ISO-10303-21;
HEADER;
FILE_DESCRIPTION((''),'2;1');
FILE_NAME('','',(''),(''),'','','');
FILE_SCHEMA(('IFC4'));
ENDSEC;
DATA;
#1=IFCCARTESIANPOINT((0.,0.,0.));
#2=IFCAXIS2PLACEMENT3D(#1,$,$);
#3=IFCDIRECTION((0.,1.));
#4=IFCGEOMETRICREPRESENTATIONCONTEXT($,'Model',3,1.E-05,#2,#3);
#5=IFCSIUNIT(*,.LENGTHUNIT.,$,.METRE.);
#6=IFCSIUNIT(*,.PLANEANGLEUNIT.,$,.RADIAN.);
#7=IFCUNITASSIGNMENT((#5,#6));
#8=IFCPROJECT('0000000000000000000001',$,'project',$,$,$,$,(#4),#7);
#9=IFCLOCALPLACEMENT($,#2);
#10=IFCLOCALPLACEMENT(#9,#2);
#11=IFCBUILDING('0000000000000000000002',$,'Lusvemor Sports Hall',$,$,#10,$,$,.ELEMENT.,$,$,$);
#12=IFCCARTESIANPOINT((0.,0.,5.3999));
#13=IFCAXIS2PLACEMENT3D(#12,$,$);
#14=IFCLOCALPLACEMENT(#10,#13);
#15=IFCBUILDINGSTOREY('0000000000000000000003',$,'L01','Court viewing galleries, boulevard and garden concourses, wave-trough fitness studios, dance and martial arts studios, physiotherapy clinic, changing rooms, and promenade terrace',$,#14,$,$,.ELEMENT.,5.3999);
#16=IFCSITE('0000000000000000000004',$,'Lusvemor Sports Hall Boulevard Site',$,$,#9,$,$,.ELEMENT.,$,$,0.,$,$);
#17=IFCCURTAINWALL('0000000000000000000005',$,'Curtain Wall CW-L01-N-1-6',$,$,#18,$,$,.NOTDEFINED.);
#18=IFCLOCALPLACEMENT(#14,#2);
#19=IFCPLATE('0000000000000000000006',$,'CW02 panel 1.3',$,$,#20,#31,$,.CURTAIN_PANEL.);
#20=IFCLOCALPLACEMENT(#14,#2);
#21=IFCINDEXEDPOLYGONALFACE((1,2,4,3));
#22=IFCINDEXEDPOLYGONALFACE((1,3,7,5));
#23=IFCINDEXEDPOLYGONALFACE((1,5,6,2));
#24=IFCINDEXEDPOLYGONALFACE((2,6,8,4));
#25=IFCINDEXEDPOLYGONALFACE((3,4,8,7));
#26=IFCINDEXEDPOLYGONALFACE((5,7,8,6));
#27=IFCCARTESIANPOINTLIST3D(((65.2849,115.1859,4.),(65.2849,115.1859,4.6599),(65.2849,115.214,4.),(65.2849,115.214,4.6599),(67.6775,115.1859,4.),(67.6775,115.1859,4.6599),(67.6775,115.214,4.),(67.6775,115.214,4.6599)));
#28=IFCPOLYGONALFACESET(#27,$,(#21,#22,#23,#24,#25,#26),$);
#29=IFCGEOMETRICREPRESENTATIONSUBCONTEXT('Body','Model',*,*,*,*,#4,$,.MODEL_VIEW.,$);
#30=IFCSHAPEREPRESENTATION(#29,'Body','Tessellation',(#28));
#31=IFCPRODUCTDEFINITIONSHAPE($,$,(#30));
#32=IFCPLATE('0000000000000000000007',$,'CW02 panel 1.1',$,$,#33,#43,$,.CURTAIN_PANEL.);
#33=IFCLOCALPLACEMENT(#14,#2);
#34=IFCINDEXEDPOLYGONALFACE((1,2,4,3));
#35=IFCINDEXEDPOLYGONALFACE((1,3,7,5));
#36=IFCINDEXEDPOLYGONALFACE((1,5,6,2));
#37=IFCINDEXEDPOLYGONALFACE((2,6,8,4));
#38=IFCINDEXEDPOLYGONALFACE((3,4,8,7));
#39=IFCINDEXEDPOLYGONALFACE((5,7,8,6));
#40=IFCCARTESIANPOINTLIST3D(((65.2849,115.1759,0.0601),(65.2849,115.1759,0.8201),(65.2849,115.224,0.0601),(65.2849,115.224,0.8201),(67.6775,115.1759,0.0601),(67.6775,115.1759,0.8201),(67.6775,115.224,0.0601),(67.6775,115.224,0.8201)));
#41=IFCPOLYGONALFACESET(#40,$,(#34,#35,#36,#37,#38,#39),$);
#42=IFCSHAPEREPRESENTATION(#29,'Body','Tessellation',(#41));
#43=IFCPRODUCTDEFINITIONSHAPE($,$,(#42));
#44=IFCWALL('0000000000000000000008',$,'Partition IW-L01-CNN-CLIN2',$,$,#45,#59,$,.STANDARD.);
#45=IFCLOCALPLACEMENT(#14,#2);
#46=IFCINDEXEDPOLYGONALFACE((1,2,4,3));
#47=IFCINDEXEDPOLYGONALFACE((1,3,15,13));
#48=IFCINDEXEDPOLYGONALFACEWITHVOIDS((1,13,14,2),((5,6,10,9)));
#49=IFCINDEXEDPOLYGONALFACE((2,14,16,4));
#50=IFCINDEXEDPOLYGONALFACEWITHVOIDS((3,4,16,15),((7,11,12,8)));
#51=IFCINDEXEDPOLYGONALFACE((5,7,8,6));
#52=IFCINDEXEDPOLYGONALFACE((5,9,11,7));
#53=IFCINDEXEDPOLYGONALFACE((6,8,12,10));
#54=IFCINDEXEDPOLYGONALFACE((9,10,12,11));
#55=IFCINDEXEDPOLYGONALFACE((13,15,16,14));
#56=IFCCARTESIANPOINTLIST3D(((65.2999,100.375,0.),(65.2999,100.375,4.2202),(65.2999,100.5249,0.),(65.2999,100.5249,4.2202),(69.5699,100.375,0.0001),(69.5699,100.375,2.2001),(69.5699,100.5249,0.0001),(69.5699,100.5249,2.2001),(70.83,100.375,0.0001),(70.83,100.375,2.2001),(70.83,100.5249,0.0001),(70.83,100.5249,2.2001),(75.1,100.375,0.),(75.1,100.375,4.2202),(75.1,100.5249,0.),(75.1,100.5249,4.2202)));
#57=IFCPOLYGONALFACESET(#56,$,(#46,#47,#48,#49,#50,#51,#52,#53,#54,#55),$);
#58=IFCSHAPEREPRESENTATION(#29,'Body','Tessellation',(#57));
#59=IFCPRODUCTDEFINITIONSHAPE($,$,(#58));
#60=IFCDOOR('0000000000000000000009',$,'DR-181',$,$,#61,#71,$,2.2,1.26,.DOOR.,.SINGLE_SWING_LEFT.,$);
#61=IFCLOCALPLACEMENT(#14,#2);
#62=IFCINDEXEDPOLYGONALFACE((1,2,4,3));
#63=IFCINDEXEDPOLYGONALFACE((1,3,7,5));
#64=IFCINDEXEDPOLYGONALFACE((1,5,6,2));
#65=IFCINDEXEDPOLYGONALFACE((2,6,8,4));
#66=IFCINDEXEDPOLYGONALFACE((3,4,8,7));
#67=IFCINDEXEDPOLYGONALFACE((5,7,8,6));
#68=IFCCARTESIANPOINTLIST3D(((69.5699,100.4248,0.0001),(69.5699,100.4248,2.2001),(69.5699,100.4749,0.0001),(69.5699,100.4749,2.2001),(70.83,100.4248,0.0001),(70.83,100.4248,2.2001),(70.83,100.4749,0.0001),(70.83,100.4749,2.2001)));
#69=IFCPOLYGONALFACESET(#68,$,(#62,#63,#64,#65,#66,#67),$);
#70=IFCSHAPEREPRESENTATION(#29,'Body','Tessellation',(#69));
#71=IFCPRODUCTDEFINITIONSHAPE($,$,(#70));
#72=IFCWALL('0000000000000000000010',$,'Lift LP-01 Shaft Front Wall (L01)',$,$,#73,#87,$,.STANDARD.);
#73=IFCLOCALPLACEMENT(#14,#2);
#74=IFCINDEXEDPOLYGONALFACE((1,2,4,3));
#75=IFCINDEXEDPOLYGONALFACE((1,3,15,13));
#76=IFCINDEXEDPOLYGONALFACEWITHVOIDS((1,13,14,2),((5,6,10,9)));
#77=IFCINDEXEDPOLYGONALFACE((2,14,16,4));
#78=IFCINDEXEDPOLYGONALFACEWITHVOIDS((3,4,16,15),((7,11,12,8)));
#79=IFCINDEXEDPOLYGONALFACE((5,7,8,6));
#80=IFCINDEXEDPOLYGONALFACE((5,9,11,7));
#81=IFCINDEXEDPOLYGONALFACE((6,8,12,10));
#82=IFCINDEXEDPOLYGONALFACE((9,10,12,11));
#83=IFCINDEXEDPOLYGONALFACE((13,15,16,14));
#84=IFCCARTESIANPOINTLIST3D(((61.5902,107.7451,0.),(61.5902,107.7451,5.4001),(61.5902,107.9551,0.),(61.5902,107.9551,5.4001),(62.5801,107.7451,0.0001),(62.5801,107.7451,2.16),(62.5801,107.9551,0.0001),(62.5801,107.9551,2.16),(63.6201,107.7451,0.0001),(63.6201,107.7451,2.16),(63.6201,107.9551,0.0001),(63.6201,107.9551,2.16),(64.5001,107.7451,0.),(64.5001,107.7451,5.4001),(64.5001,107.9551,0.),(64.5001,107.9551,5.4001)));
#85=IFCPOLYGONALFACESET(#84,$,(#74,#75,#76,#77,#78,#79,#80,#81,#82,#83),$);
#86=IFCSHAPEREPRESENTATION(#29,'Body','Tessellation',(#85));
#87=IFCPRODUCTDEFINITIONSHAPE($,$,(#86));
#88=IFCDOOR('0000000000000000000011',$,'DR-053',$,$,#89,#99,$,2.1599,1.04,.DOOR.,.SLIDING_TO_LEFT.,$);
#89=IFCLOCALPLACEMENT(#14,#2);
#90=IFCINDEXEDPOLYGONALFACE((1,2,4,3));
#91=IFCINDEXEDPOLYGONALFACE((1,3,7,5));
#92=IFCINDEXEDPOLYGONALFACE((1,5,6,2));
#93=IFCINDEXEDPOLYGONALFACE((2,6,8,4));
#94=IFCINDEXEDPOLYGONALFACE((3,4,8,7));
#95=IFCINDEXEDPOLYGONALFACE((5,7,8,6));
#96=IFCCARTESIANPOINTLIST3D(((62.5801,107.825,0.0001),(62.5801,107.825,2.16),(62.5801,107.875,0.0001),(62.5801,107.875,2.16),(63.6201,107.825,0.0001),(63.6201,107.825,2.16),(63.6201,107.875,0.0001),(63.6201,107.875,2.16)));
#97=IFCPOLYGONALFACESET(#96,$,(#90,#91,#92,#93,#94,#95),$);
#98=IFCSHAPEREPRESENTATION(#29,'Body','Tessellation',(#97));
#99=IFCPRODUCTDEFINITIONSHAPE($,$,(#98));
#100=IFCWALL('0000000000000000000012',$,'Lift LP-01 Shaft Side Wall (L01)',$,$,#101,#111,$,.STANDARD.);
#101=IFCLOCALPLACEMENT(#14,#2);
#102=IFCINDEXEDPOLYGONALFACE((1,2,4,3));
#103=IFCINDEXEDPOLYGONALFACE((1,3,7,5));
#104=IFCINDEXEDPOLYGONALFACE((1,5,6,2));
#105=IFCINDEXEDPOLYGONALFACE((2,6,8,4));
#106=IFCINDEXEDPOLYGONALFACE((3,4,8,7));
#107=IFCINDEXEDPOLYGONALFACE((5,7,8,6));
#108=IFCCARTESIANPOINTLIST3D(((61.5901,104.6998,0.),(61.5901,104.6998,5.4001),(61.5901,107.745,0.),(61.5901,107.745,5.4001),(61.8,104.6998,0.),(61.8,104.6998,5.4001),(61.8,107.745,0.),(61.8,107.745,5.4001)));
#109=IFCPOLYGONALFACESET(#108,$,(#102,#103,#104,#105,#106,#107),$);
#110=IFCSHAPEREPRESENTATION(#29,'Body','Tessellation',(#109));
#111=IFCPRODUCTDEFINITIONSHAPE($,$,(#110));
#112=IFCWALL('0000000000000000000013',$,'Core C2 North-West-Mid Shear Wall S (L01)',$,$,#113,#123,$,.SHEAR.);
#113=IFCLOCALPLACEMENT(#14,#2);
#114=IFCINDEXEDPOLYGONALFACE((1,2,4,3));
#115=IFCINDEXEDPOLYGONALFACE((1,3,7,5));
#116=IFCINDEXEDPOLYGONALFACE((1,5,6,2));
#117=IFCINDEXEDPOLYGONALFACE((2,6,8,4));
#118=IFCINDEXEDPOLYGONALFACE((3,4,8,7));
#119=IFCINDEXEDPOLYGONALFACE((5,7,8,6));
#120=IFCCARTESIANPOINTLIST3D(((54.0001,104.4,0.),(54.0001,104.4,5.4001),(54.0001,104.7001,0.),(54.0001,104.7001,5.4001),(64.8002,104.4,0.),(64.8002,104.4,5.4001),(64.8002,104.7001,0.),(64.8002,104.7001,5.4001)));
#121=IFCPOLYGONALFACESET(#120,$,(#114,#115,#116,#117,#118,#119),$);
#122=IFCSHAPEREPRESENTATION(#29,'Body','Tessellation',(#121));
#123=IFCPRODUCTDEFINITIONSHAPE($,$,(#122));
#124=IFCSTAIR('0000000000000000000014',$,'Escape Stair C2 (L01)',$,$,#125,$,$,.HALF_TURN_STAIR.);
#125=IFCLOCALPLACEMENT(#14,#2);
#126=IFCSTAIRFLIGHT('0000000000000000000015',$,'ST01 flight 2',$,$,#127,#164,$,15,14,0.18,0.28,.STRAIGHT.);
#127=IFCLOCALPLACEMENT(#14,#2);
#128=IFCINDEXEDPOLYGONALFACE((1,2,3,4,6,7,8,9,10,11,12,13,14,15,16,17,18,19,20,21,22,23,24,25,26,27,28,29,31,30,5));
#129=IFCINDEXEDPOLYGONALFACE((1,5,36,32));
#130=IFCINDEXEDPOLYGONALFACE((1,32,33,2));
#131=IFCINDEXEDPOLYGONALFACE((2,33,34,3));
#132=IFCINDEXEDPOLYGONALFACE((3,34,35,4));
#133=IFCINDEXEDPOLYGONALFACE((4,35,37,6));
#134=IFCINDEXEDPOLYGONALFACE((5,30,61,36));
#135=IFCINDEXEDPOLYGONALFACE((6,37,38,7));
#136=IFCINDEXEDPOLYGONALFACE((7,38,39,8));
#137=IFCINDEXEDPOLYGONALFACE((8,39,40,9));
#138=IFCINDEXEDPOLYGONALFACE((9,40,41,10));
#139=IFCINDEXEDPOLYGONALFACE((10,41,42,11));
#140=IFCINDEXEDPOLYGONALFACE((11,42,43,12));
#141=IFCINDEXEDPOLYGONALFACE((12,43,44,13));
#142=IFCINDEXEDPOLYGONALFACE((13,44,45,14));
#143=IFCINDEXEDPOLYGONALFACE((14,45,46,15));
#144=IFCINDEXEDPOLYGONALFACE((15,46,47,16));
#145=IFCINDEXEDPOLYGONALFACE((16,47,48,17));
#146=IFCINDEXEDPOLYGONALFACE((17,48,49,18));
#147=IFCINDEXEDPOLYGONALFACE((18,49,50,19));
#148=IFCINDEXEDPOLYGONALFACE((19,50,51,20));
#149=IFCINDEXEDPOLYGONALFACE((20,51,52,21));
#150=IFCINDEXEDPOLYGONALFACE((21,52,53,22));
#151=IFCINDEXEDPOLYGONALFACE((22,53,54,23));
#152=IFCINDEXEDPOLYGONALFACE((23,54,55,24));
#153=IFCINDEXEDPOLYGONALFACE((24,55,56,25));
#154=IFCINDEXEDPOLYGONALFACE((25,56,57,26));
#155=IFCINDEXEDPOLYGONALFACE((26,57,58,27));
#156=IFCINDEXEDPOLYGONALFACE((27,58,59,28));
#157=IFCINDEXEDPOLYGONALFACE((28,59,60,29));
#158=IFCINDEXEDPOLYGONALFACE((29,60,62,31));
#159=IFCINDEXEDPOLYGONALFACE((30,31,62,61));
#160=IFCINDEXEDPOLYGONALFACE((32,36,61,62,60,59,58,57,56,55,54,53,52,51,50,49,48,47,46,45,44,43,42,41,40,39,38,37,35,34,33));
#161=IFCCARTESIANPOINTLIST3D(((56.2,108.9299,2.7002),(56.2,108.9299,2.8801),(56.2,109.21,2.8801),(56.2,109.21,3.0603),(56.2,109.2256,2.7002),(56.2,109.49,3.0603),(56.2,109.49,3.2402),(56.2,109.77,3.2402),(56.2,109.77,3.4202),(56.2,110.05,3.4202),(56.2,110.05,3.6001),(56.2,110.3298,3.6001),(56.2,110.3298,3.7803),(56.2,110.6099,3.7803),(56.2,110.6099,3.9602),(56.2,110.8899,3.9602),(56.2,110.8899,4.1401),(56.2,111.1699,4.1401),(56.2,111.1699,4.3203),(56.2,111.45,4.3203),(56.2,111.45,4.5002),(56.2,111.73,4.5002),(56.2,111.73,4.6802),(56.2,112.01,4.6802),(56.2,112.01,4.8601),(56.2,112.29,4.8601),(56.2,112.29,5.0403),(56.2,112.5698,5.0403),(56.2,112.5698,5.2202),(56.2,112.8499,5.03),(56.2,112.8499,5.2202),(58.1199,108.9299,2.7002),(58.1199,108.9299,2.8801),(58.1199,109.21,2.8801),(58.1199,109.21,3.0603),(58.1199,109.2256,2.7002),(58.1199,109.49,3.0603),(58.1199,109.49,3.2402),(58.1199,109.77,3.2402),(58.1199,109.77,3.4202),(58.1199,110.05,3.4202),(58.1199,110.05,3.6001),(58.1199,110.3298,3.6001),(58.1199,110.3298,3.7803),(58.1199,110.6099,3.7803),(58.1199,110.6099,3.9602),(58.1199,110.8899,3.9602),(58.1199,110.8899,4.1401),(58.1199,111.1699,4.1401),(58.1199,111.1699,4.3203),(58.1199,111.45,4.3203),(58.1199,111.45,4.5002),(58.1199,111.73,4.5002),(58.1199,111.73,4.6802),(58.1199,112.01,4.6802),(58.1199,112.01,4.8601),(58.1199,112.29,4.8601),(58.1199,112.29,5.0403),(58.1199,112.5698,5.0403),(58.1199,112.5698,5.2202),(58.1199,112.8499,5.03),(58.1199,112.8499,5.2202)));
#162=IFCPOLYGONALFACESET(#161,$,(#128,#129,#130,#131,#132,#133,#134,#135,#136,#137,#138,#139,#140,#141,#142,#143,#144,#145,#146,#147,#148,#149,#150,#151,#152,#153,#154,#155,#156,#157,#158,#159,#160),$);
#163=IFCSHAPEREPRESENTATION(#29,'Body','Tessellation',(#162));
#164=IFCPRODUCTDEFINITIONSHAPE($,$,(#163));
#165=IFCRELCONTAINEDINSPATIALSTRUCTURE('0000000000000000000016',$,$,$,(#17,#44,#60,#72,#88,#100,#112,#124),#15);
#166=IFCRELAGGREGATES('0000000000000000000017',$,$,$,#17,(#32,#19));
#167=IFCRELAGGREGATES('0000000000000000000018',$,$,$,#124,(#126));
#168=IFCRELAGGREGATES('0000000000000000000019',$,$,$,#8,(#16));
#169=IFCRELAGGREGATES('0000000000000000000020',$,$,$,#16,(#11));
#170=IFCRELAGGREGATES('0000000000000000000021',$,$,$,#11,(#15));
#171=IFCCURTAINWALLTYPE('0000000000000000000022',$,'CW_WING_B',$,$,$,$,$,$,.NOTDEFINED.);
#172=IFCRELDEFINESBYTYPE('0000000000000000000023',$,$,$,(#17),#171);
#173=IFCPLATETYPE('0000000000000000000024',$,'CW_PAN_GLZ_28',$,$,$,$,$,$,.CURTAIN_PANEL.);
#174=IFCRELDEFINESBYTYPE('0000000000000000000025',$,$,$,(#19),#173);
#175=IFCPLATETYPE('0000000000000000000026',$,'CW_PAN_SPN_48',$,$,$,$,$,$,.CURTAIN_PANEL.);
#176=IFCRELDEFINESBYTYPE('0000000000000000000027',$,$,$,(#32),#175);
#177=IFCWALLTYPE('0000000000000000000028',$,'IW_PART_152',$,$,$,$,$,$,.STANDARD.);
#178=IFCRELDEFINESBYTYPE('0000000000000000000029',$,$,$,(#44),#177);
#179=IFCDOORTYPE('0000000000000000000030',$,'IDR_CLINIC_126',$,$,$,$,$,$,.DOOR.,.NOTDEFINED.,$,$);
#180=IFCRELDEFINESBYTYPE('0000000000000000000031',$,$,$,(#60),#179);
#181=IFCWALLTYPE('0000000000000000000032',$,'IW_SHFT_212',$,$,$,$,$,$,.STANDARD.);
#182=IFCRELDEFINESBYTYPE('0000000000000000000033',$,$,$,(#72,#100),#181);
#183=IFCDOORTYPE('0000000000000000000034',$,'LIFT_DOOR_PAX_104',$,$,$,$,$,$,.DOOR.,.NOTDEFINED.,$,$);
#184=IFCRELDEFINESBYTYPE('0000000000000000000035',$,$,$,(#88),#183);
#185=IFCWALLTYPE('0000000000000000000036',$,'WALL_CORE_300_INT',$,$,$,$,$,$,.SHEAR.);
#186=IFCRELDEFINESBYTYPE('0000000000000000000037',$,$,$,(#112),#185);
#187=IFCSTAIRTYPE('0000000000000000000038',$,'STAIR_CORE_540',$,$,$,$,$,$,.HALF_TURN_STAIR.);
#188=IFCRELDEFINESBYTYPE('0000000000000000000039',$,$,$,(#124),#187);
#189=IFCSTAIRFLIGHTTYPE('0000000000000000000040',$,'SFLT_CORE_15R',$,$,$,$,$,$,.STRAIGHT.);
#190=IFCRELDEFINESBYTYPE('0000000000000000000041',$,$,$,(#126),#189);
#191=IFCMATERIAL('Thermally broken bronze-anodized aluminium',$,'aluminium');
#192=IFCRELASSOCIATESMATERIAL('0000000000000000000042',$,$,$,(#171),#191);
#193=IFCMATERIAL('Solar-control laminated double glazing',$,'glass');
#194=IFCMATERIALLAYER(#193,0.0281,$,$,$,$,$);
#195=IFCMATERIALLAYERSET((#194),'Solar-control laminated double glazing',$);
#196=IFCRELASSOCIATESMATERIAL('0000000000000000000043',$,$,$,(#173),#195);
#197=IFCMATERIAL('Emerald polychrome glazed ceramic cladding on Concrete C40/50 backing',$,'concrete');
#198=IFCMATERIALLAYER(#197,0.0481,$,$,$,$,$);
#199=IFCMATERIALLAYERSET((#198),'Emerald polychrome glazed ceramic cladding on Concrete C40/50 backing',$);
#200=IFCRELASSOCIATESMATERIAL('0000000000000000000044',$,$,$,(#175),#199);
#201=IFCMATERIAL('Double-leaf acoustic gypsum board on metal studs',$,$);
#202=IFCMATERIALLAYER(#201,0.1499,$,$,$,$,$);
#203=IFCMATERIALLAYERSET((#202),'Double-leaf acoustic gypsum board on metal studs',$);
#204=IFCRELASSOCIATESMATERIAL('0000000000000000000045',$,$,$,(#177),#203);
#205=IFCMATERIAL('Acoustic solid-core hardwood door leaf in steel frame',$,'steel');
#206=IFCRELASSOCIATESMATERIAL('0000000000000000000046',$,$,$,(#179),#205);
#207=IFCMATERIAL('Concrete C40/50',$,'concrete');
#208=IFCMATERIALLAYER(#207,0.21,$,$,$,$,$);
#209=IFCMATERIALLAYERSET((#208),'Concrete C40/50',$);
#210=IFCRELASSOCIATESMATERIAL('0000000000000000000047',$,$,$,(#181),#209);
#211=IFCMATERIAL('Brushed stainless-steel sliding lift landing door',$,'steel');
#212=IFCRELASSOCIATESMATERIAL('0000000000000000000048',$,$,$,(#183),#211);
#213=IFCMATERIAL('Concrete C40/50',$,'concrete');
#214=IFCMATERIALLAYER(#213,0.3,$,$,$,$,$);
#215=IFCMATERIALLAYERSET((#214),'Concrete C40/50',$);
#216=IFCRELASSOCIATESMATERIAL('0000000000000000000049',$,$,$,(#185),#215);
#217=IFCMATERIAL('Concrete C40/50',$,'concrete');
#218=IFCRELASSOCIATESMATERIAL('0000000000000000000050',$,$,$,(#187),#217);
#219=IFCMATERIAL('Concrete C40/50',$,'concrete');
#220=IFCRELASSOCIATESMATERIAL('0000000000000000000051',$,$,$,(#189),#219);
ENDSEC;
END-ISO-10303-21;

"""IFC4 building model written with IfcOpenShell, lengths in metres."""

from ifc_helpers import new_model, si_unit, direction, frame, frame_2d, origin, origin_2d, place, context, subcontext, project, spatial, polyline, rectangle, outline, extrude, material, layer, layer_set, type_object, element, fill, aggregate, save


model = new_model("IFC4")

# Units and contexts
model_context = context("Model", 3, precision=1e-05, world=origin(), true_north=direction((0.0, 1.0)))
body_context = subcontext(model_context, "Body", "Model", "MODEL_VIEW")
ifc_project = project(units=[si_unit("LENGTHUNIT", "METRE"), si_unit("PLANEANGLEUNIT", "RADIAN")], contexts=[model_context])

# Site, building, storey
site_placement = place(None, origin())
site = spatial("IfcSite", under=ifc_project, at=site_placement, Name="Lusvemor Sports Hall Boulevard Site", CompositionType="ELEMENT", RefElevation=0.0)
building_placement = place(site_placement, origin())
building = spatial("IfcBuilding", under=site, at=building_placement, Name="Lusvemor Sports Hall", CompositionType="ELEMENT")
storey_placement = place(building_placement, frame((0.0, 0.0, 5.3999)))
storey = spatial("IfcBuildingStorey", under=building, at=storey_placement, Name="L01", Description="Court viewing galleries, boulevard and garden concourses, wave-trough fitness studios, dance and martial arts studios, physiotherapy clinic, changing rooms, and promenade terrace", CompositionType="ELEMENT", Elevation=5.3999)

# Curtain wall
ifc_material_1 = material(Name="Thermally broken bronze-anodized aluminium", Category="aluminium")
curtain_wall_type = type_object("IfcCurtainWallType", Name="CW_WING_B", PredefinedType="NOTDEFINED", material=ifc_material_1)
curtain_wall_placement = place(storey_placement, origin())
curtain_wall = element("IfcCurtainWall", 1, at=curtain_wall_placement, inside=storey, type_object=curtain_wall_type, Name="Curtain Wall CW-L01-N-1-6", PredefinedType="NOTDEFINED")

# Plates
ifc_material_2 = material(Name="Solar-control laminated double glazing", Category="glass")
ifc_layer_1 = layer(ifc_material_2, 0.0281)
ifc_layer_set_1 = layer_set([ifc_layer_1], Name="Solar-control laminated double glazing")
plate_type_1 = type_object("IfcPlateType", Name="CW_PAN_GLZ_28", PredefinedType="CURTAIN_PANEL", material=ifc_layer_set_1)
plate_1_placement = place(storey_placement, frame((66.4812, 115.2, 4.0), z_axis=(0.0, 0.0, 1.0), x_axis=(1.0, 0.0, 0.0)))
plate_1 = element("IfcPlate", 2, at=plate_1_placement, type_object=plate_type_1, Name="CW02 panel 1.3", PredefinedType="CURTAIN_PANEL", context=body_context, shape_type="SweptSolid", body=[
    extrude(rectangle(XDim=2.3926, YDim=0.0281, at=origin_2d()), origin(), (0.0, 0.0, 1.0), 0.6599),
])
ifc_material_3 = material(Name="Emerald polychrome glazed ceramic cladding on Concrete C40/50 backing", Category="concrete")
ifc_layer_2 = layer(ifc_material_3, 0.0481)
ifc_layer_set_2 = layer_set([ifc_layer_2], Name="Emerald polychrome glazed ceramic cladding on Concrete C40/50 backing")
plate_type_2 = type_object("IfcPlateType", Name="CW_PAN_SPN_48", PredefinedType="CURTAIN_PANEL", material=ifc_layer_set_2)
plate_2_placement = place(storey_placement, frame((66.4812, 115.2, 0.0601), z_axis=(0.0, 0.0, 1.0), x_axis=(1.0, 0.0, 0.0)))
plate_2 = element("IfcPlate", 3, at=plate_2_placement, type_object=plate_type_2, Name="CW02 panel 1.1", PredefinedType="CURTAIN_PANEL", context=body_context, shape_type="SweptSolid", body=[
    extrude(rectangle(XDim=2.3926, YDim=0.0481, at=origin_2d()), origin(), (0.0, 0.0, 1.0), 0.76),
])
aggregate(curtain_wall, [plate_2, plate_1])

# Walls, openings, doors
ifc_material_4 = material(Name="Double-leaf acoustic gypsum board on metal studs")
ifc_layer_3 = layer(ifc_material_4, 0.1499)
ifc_layer_set_3 = layer_set([ifc_layer_3], Name="Double-leaf acoustic gypsum board on metal studs")
wall_type_1 = type_object("IfcWallType", Name="IW_PART_152", PredefinedType="STANDARD", material=ifc_layer_set_3)
wall_1_placement = place(storey_placement, frame((65.3, 100.45, 0.0), z_axis=(0.0, 0.0, 1.0), x_axis=(1.0, 0.0, 0.0)))
wall_1 = element("IfcWall", 4, at=wall_1_placement, inside=storey, type_object=wall_type_1, Name="Partition IW-L01-CNN-CLIN2", PredefinedType="STANDARD", context=body_context, shape_type="SweptSolid", body=[
    extrude(rectangle(XDim=9.8, YDim=0.1499, at=frame_2d((4.8999, 0.0))), origin(), (0.0, 0.0, 1.0), 4.2202),
])
opening_1_placement = place(wall_1_placement, frame((4.27, 0.0, 0.0)))
opening_1 = element("IfcOpeningElement", 5, at=opening_1_placement, cuts=wall_1, PredefinedType="OPENING", context=body_context, shape_type="SweptSolid", body=[
    extrude(rectangle(XDim=1.26, YDim=2.2, at=frame_2d((0.6299, 1.1001))), frame((0.0, 0.075, 0.0), z_axis=(0.0, -1.0, 0.0), x_axis=(1.0, 0.0, 0.0)), (0.0, 0.0, 1.0), 0.1499),
])
ifc_material_5 = material(Name="Acoustic solid-core hardwood door leaf in steel frame", Category="steel")
door_type_1 = type_object("IfcDoorType", Name="IDR_CLINIC_126", OperationType="NOTDEFINED", PredefinedType="DOOR", material=ifc_material_5)
door_1_placement = place(opening_1_placement, origin())
door_1 = element("IfcDoor", 6, at=door_1_placement, inside=storey, type_object=door_type_1, Name="DR-181", OperationType="SINGLE_SWING_LEFT", OverallHeight=2.2, OverallWidth=1.26, PredefinedType="DOOR", context=body_context, shape_type="SweptSolid", body=[
    extrude(rectangle(XDim=1.26, YDim=2.2, at=frame_2d((0.6299, 1.1001))), frame((0.0, 0.0249, 0.0), z_axis=(0.0, -1.0, 0.0), x_axis=(1.0, 0.0, 0.0)), (0.0, 0.0, 1.0), 0.05),
])
fill(opening_1, door_1)
ifc_material_6 = material(Name="Concrete C40/50", Category="concrete")
ifc_layer_4 = layer(ifc_material_6, 0.21)
ifc_layer_set_4 = layer_set([ifc_layer_4], Name="Concrete C40/50")
wall_type_2 = type_object("IfcWallType", Name="IW_SHFT_212", PredefinedType="STANDARD", material=ifc_layer_set_4)
wall_2_placement = place(storey_placement, frame((61.5901, 107.8501, 0.0), z_axis=(0.0, 0.0, 1.0), x_axis=(1.0, 0.0, 0.0)))
wall_2 = element("IfcWall", 7, at=wall_2_placement, inside=storey, type_object=wall_type_2, Name="Lift LP-01 Shaft Front Wall (L01)", PredefinedType="STANDARD", context=body_context, shape_type="SweptSolid", body=[
    extrude(rectangle(XDim=2.9099, YDim=0.21, at=frame_2d((1.4551, 0.0))), origin(), (0.0, 0.0, 1.0), 5.4001),
])
opening_2_placement = place(wall_2_placement, frame((0.99, 0.0, 0.0)))
opening_2 = element("IfcOpeningElement", 8, at=opening_2_placement, cuts=wall_2, PredefinedType="OPENING", context=body_context, shape_type="SweptSolid", body=[
    extrude(rectangle(XDim=1.04, YDim=2.1599, at=frame_2d((0.52, 1.0801))), frame((0.0, 0.105, 0.0), z_axis=(0.0, -1.0, 0.0), x_axis=(1.0, 0.0, 0.0)), (0.0, 0.0, 1.0), 0.21),
])
ifc_material_7 = material(Name="Brushed stainless-steel sliding lift landing door", Category="steel")
door_type_2 = type_object("IfcDoorType", Name="LIFT_DOOR_PAX_104", OperationType="NOTDEFINED", PredefinedType="DOOR", material=ifc_material_7)
door_2_placement = place(opening_2_placement, origin())
door_2 = element("IfcDoor", 9, at=door_2_placement, inside=storey, type_object=door_type_2, Name="DR-053", OperationType="SLIDING_TO_LEFT", OverallHeight=2.1599, OverallWidth=1.04, PredefinedType="DOOR", context=body_context, shape_type="SweptSolid", body=[
    extrude(rectangle(XDim=1.04, YDim=2.1599, at=frame_2d((0.52, 1.0801))), frame((0.0, 0.0249, 0.0), z_axis=(0.0, -1.0, 0.0), x_axis=(1.0, 0.0, 0.0)), (0.0, 0.0, 1.0), 0.05),
])
fill(opening_2, door_2)

# Walls
wall_3_placement = place(storey_placement, frame((61.6951, 104.7, 0.0), z_axis=(0.0, 0.0, 1.0), x_axis=(0.0, 1.0, 0.0)))
element("IfcWall", 10, at=wall_3_placement, inside=storey, type_object=wall_type_2, Name="Lift LP-01 Shaft Side Wall (L01)", PredefinedType="STANDARD", context=body_context, shape_type="SweptSolid", body=[
    extrude(rectangle(XDim=3.0452, YDim=0.21, at=frame_2d((1.5225, 0.0))), origin(), (0.0, 0.0, 1.0), 5.4001),
])
ifc_material_8 = material(Name="Concrete C40/50", Category="concrete")
ifc_layer_5 = layer(ifc_material_8, 0.3)
ifc_layer_set_5 = layer_set([ifc_layer_5], Name="Concrete C40/50")
wall_type_3 = type_object("IfcWallType", Name="WALL_CORE_300_INT", PredefinedType="SHEAR", material=ifc_layer_set_5)
wall_4_placement = place(storey_placement, frame((64.8, 104.55, 0.0), z_axis=(0.0, 0.0, 1.0), x_axis=(-1.0, 0.0, 0.0)))
element("IfcWall", 11, at=wall_4_placement, inside=storey, type_object=wall_type_3, Name="Core C2 North-West-Mid Shear Wall S (L01)", PredefinedType="SHEAR", context=body_context, shape_type="SweptSolid", body=[
    extrude(rectangle(XDim=10.8, YDim=0.3, at=frame_2d((5.3999, 0.0))), origin(), (0.0, 0.0, 1.0), 5.4001),
])

# Stair, stair flight
ifc_material_9 = material(Name="Concrete C40/50", Category="concrete")
stair_type = type_object("IfcStairType", Name="STAIR_CORE_540", PredefinedType="HALF_TURN_STAIR", material=ifc_material_9)
stair_placement = place(storey_placement, origin())
stair = element("IfcStair", 12, at=stair_placement, inside=storey, type_object=stair_type, Name="Escape Stair C2 (L01)", PredefinedType="HALF_TURN_STAIR")
ifc_material_10 = material(Name="Concrete C40/50", Category="concrete")
stair_flight_type = type_object("IfcStairFlightType", Name="SFLT_CORE_15R", PredefinedType="STRAIGHT", material=ifc_material_10)
stair_flight_placement = place(storey_placement, frame((57.1599, 108.9299, 2.7002), z_axis=(0.0, 0.0, 1.0), x_axis=(0.0, 1.0, 0.0)))
stair_flight = element("IfcStairFlight", 13, at=stair_flight_placement, type_object=stair_flight_type, Name="ST01 flight 2", NumberOfRisers=15, NumberOfTreads=14, PredefinedType="STRAIGHT", RiserHeight=0.18, TreadLength=0.28, context=body_context, shape_type="SweptSolid", body=[
    extrude(outline(polyline([(0.0, 0.0), (0.0, 0.1799), (0.28, 0.1799), (0.28, 0.3601), (0.5601, 0.3601), (0.5601, 0.54), (0.8401, 0.54), (0.8401, 0.72), (1.1201, 0.72), (1.1201, 0.8999), (1.3999, 0.8999), (1.3999, 1.0801), (1.6799, 1.0801), (1.6799, 1.26), (1.96, 1.26), (1.96, 1.4399), (2.24, 1.4399), (2.24, 1.6201), (2.52, 1.6201), (2.52, 1.8), (2.8, 1.8), (2.8, 1.98), (3.0801, 1.98), (3.0801, 2.1599), (3.3601, 2.1599), (3.3601, 2.3401), (3.6399, 2.3401), (3.6399, 2.52), (3.9199, 2.52), (3.9199, 2.7), (3.9199, 2.3298), (0.2957, 0.0), (0.0, 0.0)])), frame((0.0, 0.96, 0.0), z_axis=(0.0, -1.0, 0.0), x_axis=(1.0, 0.0, 0.0)), (0.0, 0.0, 1.0), 1.9199),
])
aggregate(stair, [stair_flight])

save(model, "model.ifc")
